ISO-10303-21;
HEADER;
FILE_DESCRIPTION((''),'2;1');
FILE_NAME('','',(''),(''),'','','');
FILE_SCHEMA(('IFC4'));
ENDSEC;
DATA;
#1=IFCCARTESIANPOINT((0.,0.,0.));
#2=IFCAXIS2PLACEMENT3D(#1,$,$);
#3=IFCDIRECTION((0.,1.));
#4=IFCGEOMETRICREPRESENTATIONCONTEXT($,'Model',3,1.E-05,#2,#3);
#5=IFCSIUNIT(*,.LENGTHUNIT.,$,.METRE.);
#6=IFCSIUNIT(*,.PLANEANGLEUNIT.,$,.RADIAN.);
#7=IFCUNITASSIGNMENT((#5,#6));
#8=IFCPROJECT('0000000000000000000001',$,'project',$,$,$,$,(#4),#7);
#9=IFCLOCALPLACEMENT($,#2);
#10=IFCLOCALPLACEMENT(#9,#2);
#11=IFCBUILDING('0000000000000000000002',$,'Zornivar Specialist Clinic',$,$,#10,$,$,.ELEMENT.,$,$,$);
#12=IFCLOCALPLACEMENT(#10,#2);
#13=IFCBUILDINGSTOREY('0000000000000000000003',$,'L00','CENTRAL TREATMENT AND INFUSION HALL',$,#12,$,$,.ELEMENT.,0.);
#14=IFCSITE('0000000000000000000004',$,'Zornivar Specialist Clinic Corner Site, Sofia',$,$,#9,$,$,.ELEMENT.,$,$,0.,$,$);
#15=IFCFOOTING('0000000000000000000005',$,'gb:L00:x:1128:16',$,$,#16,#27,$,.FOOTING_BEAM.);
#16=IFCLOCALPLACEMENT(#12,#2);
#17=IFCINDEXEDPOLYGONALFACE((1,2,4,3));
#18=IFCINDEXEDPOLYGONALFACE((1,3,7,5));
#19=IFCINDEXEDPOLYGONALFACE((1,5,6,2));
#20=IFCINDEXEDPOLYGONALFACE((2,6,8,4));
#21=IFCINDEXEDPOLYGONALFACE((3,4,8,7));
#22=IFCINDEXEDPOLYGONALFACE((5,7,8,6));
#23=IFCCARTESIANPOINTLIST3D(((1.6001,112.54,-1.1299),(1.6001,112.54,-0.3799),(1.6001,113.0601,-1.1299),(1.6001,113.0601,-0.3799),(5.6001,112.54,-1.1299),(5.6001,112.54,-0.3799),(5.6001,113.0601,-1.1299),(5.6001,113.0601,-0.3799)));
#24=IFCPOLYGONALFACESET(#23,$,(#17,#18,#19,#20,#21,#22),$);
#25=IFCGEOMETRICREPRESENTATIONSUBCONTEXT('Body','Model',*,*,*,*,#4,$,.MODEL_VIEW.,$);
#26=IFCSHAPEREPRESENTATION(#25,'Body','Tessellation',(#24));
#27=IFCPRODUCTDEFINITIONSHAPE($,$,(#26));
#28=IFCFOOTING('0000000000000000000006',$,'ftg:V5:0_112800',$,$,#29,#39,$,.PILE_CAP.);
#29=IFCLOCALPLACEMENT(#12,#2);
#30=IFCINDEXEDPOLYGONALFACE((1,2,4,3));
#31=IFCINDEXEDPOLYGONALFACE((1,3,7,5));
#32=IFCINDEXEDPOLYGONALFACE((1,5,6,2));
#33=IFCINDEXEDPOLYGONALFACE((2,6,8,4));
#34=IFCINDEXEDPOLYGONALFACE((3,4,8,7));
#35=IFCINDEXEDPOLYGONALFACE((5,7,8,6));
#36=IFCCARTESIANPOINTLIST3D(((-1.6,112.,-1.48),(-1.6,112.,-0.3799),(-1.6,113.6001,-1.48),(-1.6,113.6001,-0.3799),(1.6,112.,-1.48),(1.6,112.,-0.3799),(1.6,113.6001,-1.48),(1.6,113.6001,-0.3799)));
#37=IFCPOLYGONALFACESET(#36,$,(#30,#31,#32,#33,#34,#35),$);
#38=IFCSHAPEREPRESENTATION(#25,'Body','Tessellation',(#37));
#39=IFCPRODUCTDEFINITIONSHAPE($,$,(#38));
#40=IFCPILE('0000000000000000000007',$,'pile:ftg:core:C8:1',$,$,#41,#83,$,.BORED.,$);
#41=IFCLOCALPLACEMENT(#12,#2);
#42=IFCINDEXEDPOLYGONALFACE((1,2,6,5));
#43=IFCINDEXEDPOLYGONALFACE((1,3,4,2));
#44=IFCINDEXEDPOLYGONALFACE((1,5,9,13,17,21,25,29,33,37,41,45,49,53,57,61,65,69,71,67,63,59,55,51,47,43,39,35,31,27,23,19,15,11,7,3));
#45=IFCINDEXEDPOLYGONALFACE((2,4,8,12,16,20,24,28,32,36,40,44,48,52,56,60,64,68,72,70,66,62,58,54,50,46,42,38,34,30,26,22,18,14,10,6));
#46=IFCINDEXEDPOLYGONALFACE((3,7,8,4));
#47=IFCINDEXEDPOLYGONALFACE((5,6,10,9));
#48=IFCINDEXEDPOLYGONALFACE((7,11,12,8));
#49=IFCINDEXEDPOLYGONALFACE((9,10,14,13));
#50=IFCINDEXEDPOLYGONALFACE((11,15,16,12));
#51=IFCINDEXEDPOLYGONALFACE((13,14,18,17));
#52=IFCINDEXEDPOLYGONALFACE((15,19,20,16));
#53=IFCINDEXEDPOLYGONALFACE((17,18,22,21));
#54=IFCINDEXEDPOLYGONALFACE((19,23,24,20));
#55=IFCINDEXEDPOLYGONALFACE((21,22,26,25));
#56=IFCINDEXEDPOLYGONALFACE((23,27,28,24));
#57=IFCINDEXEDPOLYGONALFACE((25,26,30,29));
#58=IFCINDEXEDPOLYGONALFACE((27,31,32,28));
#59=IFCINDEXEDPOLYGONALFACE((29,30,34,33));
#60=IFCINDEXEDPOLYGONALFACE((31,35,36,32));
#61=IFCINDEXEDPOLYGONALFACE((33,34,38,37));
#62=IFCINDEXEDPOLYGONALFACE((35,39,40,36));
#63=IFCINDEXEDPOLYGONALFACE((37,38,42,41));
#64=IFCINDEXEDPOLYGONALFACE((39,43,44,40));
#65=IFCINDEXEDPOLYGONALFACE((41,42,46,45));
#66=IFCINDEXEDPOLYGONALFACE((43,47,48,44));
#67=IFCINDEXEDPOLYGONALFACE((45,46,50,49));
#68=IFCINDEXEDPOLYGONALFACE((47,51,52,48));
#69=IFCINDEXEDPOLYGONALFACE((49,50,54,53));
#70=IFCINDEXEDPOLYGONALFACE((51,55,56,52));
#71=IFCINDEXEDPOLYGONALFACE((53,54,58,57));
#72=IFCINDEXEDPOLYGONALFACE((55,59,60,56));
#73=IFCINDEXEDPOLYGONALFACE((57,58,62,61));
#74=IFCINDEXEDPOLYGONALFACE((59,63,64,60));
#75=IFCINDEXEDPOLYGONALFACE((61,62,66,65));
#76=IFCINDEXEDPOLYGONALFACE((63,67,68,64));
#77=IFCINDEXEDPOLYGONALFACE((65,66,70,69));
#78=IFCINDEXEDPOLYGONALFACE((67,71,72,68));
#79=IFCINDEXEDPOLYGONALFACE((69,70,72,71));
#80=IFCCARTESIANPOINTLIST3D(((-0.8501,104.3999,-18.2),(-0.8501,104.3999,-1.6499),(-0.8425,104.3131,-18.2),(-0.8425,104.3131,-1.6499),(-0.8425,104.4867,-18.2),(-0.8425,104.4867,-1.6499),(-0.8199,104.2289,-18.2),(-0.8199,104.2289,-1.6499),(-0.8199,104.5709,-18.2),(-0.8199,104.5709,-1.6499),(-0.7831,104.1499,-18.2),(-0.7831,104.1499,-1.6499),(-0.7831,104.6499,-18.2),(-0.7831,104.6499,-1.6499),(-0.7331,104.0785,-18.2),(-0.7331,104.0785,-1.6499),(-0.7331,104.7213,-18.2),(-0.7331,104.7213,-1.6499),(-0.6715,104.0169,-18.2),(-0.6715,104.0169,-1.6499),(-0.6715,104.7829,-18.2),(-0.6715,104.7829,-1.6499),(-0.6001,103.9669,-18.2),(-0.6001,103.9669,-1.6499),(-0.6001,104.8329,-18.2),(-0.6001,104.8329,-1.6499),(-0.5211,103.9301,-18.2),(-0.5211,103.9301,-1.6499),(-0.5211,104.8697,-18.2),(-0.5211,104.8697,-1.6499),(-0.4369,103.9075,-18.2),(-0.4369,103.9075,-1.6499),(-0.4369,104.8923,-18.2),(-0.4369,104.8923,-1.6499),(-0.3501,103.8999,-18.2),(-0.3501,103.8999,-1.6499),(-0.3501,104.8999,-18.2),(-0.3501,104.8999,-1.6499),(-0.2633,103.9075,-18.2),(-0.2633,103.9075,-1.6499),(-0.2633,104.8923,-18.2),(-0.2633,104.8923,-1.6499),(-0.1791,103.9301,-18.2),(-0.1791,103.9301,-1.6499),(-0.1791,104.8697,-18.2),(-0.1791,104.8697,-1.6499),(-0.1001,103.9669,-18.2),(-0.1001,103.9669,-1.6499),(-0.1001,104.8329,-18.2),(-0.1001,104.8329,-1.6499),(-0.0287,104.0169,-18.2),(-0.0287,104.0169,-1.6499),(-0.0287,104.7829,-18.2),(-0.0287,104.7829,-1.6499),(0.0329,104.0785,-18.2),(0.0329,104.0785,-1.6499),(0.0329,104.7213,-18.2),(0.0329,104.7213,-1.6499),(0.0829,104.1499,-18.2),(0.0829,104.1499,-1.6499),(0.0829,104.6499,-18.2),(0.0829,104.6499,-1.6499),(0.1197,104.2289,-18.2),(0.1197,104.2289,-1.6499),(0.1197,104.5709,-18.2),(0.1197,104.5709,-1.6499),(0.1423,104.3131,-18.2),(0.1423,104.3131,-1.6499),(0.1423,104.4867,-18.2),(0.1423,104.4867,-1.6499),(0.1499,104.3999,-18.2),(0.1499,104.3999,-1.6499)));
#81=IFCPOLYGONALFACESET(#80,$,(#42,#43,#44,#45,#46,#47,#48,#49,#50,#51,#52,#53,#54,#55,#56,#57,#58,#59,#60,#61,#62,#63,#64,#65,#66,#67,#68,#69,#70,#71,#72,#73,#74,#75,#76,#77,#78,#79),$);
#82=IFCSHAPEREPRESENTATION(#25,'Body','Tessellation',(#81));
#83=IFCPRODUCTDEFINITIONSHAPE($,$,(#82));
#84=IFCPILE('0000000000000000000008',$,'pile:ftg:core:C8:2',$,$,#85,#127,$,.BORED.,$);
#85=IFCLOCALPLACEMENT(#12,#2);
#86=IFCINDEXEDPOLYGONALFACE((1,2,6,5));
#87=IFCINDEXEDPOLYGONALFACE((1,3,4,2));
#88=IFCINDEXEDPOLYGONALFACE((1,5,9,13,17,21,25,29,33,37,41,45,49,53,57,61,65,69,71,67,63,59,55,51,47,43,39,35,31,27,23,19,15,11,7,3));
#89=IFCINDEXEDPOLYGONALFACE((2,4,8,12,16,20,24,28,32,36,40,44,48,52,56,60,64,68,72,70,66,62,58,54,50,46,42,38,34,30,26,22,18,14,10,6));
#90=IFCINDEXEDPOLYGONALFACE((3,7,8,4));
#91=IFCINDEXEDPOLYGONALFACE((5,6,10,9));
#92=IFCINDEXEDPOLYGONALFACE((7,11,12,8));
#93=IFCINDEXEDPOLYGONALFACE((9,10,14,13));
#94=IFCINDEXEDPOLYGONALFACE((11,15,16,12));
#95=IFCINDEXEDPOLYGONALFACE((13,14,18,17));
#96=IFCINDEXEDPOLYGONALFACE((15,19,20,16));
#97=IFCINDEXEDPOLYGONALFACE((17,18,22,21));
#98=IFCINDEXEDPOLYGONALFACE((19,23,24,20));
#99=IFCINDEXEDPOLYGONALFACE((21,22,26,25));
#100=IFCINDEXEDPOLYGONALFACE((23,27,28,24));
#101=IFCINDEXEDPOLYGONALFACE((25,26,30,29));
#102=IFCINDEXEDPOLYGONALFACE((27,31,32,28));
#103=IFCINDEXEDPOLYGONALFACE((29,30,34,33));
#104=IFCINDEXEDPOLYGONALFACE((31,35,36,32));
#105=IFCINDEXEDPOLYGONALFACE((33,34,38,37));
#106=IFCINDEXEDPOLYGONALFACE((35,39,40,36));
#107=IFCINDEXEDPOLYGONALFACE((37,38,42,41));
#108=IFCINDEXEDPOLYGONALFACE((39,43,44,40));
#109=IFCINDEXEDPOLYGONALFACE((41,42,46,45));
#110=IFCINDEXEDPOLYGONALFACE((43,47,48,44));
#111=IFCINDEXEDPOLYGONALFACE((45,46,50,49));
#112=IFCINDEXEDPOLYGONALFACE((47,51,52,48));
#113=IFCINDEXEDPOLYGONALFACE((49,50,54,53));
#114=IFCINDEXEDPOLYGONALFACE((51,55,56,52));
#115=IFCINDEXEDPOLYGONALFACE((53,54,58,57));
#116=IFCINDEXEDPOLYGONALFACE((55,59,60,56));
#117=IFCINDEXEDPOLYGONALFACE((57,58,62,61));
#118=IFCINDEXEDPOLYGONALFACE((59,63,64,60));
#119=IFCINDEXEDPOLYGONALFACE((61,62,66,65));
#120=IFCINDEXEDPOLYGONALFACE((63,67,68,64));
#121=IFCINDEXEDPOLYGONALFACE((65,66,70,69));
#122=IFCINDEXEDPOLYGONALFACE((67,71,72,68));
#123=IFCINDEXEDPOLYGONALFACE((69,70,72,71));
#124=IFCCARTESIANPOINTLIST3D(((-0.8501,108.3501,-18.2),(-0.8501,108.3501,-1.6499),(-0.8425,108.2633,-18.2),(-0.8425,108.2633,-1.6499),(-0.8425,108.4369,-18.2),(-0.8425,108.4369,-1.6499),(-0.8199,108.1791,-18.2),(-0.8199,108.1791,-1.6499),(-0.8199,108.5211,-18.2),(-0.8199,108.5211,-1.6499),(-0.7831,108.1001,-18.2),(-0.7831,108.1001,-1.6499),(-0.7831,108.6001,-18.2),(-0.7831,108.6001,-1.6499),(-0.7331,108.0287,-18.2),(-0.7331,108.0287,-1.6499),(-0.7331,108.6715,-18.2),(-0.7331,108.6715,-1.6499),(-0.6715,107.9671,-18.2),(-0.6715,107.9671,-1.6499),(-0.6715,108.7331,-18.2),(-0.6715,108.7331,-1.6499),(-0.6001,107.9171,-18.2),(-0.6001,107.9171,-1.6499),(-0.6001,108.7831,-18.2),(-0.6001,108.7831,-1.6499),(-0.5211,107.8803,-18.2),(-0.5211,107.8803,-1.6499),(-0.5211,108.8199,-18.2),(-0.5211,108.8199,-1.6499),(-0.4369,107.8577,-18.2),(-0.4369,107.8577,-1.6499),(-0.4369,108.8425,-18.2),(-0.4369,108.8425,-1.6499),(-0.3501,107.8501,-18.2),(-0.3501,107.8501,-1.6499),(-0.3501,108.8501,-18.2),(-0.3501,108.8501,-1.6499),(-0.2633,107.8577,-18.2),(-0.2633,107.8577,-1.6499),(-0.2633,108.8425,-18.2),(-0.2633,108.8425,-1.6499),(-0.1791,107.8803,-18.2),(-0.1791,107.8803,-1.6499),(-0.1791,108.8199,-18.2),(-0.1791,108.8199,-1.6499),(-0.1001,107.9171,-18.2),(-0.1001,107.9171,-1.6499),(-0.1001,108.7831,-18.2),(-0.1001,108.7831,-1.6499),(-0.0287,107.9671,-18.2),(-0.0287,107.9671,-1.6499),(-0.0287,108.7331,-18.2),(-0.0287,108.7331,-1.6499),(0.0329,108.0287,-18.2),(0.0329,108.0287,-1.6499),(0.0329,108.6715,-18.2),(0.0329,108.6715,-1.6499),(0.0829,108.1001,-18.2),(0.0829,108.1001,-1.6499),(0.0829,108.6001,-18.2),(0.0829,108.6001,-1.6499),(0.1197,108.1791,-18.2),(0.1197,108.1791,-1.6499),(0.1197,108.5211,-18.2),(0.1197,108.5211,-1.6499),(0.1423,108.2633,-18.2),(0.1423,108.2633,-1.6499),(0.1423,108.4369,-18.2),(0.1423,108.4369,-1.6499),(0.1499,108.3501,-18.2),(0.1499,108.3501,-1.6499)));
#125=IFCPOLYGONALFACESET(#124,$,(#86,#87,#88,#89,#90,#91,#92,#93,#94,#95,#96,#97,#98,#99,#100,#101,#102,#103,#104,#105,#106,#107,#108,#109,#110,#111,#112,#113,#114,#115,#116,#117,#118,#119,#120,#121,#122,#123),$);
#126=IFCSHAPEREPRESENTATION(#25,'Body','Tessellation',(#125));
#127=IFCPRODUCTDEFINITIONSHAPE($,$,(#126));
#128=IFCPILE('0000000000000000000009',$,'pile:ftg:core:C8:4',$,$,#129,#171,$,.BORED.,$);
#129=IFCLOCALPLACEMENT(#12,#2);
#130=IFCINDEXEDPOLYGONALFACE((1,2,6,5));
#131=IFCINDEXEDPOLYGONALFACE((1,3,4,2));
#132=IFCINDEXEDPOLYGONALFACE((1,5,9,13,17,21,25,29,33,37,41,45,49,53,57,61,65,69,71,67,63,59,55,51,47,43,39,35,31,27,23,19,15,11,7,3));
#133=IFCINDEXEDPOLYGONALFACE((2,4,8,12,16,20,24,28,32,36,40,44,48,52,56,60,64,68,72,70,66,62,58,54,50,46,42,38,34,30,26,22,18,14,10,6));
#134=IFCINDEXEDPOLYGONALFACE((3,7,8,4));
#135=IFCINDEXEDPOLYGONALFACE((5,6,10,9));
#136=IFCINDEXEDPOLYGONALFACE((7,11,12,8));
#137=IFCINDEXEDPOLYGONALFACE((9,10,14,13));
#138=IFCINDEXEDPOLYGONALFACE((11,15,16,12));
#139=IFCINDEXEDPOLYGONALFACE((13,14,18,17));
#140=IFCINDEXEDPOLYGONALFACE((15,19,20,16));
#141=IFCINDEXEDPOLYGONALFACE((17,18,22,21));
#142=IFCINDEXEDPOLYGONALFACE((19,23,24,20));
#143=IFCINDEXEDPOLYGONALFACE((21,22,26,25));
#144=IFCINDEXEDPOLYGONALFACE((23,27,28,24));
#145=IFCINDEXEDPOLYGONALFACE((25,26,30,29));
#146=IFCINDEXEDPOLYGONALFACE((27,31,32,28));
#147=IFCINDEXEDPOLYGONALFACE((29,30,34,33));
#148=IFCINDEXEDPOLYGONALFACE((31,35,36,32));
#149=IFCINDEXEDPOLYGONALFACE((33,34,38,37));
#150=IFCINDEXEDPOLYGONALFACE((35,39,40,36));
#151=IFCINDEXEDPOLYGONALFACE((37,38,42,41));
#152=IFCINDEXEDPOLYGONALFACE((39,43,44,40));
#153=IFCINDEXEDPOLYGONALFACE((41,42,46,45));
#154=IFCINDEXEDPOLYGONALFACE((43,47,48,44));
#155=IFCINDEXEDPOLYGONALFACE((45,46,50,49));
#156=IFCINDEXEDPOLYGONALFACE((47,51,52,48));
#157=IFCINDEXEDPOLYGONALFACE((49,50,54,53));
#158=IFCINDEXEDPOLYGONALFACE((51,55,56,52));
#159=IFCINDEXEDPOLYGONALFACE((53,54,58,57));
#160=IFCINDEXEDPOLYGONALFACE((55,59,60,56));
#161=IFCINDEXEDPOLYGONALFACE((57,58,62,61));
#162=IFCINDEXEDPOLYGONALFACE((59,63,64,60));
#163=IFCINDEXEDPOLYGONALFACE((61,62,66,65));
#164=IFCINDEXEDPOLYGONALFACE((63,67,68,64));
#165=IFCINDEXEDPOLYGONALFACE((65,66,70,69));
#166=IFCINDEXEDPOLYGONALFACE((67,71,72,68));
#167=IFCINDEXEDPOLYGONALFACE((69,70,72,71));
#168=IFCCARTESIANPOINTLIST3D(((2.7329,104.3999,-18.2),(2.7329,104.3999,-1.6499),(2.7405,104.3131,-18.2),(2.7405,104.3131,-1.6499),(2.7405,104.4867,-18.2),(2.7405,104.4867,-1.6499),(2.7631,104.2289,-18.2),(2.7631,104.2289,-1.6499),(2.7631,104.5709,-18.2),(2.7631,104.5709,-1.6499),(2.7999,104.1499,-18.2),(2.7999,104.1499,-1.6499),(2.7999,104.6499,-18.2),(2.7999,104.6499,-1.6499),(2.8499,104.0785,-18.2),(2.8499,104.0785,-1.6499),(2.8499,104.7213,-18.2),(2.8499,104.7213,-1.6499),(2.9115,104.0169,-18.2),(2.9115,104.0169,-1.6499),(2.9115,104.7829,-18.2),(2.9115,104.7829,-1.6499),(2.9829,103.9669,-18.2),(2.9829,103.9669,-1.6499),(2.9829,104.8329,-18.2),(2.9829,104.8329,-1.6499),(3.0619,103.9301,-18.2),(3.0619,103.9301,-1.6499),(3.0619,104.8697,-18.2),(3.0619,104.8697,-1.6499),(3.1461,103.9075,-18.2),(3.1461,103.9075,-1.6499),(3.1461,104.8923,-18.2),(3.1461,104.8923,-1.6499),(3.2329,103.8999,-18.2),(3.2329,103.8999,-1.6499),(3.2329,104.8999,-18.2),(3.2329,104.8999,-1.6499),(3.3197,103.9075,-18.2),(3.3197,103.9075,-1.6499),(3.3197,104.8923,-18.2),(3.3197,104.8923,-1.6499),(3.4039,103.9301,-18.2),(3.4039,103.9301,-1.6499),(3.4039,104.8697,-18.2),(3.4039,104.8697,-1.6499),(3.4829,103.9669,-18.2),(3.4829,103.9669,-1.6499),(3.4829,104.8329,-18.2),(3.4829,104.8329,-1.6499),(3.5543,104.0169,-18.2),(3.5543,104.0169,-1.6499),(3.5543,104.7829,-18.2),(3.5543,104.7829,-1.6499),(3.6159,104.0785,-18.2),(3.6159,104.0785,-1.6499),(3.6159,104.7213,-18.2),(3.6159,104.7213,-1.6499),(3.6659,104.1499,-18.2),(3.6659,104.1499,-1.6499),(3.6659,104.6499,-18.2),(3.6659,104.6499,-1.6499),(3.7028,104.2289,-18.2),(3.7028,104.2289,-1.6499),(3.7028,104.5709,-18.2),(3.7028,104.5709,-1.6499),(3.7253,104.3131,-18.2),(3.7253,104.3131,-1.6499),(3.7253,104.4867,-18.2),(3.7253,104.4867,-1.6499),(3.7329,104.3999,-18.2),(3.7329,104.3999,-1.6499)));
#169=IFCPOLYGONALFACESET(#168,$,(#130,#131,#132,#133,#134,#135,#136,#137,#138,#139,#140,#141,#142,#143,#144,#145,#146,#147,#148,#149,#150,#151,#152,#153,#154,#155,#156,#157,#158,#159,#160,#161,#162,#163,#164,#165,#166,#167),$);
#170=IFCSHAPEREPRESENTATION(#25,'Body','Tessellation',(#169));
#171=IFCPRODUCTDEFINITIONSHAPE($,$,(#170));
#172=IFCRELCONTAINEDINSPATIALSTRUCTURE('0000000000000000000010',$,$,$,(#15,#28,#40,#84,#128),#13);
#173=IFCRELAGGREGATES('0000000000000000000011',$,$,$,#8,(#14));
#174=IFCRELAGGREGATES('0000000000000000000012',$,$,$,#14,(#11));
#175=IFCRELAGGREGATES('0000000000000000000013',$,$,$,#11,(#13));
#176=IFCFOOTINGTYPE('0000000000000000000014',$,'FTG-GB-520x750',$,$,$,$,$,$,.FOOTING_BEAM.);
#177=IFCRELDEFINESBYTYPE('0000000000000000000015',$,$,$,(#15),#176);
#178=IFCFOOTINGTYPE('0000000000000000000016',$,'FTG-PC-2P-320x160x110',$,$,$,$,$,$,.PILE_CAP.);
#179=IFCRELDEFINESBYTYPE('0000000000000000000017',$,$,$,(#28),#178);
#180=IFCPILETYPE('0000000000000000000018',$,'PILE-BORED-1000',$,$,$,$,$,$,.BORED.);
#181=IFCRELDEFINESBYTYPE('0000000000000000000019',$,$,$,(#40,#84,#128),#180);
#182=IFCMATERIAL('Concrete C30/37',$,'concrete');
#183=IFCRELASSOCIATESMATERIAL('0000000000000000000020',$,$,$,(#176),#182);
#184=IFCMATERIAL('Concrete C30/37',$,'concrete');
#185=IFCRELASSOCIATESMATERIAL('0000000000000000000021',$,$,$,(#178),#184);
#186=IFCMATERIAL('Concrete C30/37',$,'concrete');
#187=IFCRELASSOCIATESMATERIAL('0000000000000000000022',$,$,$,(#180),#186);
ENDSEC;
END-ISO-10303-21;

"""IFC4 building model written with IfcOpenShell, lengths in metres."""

from ifc_helpers import new_model, si_unit, direction, frame, origin, origin_2d, place, context, subcontext, project, spatial, rectangle, circle, extrude, material, material_profile, profile_set, type_object, element, save


model = new_model("IFC4")

# Units and contexts
model_context = context("Model", 3, precision=1e-05, world=origin(), true_north=direction((0.0, 1.0)))
body_context = subcontext(model_context, "Body", "Model", "MODEL_VIEW")
ifc_project = project(units=[si_unit("LENGTHUNIT", "METRE"), si_unit("PLANEANGLEUNIT", "RADIAN")], contexts=[model_context])

# Site, building, storey
site_placement = place(None, origin())
site = spatial("IfcSite", under=ifc_project, at=site_placement, Name="Zornivar Specialist Clinic Corner Site, Sofia", CompositionType="ELEMENT", RefElevation=0.0)
building_placement = place(site_placement, origin())
building = spatial("IfcBuilding", under=site, at=building_placement, Name="Zornivar Specialist Clinic", CompositionType="ELEMENT")
storey_placement = place(building_placement, origin())
storey = spatial("IfcBuildingStorey", under=building, at=storey_placement, Name="L00", Description="CENTRAL TREATMENT AND INFUSION HALL", CompositionType="ELEMENT", Elevation=0.0)

# Footings
ifc_material_1 = material(Name="Concrete C30/37", Category="concrete")
ifc_material_profile_1 = material_profile(ifc_material_1, rectangle(XDim=0.52, YDim=0.75, at=origin_2d()), Name="RC 520x750")
ifc_profile_set_1 = profile_set([ifc_material_profile_1], Name="Concrete C30/37")
footing_type_1 = type_object("IfcFootingType", Name="FTG-GB-520x750", PredefinedType="FOOTING_BEAM", material=ifc_profile_set_1)
footing_1_placement = place(storey_placement, frame((1.6001, 112.8, -0.7549), z_axis=(1.0, 0.0, 0.0), x_axis=(0.0, 1.0, 0.0)))
element("IfcFooting", 1, at=footing_1_placement, inside=storey, type_object=footing_type_1, Name="gb:L00:x:1128:16", PredefinedType="FOOTING_BEAM", context=body_context, shape_type="SweptSolid", body=[
    extrude(rectangle(XDim=0.52, YDim=0.75, at=origin_2d()), origin(), (0.0, 0.0, 1.0), 4.0),
])
ifc_material_2 = material(Name="Concrete C30/37", Category="concrete")
footing_type_2 = type_object("IfcFootingType", Name="FTG-PC-2P-320x160x110", PredefinedType="PILE_CAP", material=ifc_material_2)
footing_2_placement = place(storey_placement, frame((0.0, 112.8, -1.48), z_axis=(0.0, 0.0, 1.0), x_axis=(1.0, 0.0, 0.0)))
element("IfcFooting", 2, at=footing_2_placement, inside=storey, type_object=footing_type_2, Name="ftg:V5:0_112800", PredefinedType="PILE_CAP", context=body_context, shape_type="SweptSolid", body=[
    extrude(rectangle(XDim=3.2, YDim=1.6001, at=origin_2d()), origin(), (0.0, 0.0, 1.0), 1.1001),
])

# Piles
ifc_material_3 = material(Name="Concrete C30/37", Category="concrete")
ifc_material_profile_2 = material_profile(ifc_material_3, circle(Radius=0.5, at=origin_2d()), Name="PILE D1000")
ifc_profile_set_2 = profile_set([ifc_material_profile_2], Name="Concrete C30/37")
pile_type_1 = type_object("IfcPileType", Name="PILE-BORED-1000", PredefinedType="BORED", material=ifc_profile_set_2)
for number, where, z_axis, x_axis, name in (
    (3, (-0.3501, 104.3999, -1.6499), (0.0, 0.0, -1.0), (1.0, 0.0, 0.0), "pile:ftg:core:C8:1"),
    (4, (-0.3501, 108.3501, -1.6499), (0.0, 0.0, -1.0), (1.0, 0.0, 0.0), "pile:ftg:core:C8:2"),
    (5, (3.2329, 104.3999, -1.6499), (0.0, 0.0, -1.0), (1.0, 0.0, 0.0), "pile:ftg:core:C8:4"),
):
    element("IfcPile", number, at=place(storey_placement, frame(where, z_axis=z_axis, x_axis=x_axis)), inside=storey, type_object=pile_type_1, Name=name, PredefinedType="BORED", context=body_context, shape_type="SweptSolid", body=[
        extrude(circle(Radius=0.5, at=origin_2d()), origin(), (0.0, 0.0, 1.0), 16.55),
    ])

save(model, "model.ifc")
